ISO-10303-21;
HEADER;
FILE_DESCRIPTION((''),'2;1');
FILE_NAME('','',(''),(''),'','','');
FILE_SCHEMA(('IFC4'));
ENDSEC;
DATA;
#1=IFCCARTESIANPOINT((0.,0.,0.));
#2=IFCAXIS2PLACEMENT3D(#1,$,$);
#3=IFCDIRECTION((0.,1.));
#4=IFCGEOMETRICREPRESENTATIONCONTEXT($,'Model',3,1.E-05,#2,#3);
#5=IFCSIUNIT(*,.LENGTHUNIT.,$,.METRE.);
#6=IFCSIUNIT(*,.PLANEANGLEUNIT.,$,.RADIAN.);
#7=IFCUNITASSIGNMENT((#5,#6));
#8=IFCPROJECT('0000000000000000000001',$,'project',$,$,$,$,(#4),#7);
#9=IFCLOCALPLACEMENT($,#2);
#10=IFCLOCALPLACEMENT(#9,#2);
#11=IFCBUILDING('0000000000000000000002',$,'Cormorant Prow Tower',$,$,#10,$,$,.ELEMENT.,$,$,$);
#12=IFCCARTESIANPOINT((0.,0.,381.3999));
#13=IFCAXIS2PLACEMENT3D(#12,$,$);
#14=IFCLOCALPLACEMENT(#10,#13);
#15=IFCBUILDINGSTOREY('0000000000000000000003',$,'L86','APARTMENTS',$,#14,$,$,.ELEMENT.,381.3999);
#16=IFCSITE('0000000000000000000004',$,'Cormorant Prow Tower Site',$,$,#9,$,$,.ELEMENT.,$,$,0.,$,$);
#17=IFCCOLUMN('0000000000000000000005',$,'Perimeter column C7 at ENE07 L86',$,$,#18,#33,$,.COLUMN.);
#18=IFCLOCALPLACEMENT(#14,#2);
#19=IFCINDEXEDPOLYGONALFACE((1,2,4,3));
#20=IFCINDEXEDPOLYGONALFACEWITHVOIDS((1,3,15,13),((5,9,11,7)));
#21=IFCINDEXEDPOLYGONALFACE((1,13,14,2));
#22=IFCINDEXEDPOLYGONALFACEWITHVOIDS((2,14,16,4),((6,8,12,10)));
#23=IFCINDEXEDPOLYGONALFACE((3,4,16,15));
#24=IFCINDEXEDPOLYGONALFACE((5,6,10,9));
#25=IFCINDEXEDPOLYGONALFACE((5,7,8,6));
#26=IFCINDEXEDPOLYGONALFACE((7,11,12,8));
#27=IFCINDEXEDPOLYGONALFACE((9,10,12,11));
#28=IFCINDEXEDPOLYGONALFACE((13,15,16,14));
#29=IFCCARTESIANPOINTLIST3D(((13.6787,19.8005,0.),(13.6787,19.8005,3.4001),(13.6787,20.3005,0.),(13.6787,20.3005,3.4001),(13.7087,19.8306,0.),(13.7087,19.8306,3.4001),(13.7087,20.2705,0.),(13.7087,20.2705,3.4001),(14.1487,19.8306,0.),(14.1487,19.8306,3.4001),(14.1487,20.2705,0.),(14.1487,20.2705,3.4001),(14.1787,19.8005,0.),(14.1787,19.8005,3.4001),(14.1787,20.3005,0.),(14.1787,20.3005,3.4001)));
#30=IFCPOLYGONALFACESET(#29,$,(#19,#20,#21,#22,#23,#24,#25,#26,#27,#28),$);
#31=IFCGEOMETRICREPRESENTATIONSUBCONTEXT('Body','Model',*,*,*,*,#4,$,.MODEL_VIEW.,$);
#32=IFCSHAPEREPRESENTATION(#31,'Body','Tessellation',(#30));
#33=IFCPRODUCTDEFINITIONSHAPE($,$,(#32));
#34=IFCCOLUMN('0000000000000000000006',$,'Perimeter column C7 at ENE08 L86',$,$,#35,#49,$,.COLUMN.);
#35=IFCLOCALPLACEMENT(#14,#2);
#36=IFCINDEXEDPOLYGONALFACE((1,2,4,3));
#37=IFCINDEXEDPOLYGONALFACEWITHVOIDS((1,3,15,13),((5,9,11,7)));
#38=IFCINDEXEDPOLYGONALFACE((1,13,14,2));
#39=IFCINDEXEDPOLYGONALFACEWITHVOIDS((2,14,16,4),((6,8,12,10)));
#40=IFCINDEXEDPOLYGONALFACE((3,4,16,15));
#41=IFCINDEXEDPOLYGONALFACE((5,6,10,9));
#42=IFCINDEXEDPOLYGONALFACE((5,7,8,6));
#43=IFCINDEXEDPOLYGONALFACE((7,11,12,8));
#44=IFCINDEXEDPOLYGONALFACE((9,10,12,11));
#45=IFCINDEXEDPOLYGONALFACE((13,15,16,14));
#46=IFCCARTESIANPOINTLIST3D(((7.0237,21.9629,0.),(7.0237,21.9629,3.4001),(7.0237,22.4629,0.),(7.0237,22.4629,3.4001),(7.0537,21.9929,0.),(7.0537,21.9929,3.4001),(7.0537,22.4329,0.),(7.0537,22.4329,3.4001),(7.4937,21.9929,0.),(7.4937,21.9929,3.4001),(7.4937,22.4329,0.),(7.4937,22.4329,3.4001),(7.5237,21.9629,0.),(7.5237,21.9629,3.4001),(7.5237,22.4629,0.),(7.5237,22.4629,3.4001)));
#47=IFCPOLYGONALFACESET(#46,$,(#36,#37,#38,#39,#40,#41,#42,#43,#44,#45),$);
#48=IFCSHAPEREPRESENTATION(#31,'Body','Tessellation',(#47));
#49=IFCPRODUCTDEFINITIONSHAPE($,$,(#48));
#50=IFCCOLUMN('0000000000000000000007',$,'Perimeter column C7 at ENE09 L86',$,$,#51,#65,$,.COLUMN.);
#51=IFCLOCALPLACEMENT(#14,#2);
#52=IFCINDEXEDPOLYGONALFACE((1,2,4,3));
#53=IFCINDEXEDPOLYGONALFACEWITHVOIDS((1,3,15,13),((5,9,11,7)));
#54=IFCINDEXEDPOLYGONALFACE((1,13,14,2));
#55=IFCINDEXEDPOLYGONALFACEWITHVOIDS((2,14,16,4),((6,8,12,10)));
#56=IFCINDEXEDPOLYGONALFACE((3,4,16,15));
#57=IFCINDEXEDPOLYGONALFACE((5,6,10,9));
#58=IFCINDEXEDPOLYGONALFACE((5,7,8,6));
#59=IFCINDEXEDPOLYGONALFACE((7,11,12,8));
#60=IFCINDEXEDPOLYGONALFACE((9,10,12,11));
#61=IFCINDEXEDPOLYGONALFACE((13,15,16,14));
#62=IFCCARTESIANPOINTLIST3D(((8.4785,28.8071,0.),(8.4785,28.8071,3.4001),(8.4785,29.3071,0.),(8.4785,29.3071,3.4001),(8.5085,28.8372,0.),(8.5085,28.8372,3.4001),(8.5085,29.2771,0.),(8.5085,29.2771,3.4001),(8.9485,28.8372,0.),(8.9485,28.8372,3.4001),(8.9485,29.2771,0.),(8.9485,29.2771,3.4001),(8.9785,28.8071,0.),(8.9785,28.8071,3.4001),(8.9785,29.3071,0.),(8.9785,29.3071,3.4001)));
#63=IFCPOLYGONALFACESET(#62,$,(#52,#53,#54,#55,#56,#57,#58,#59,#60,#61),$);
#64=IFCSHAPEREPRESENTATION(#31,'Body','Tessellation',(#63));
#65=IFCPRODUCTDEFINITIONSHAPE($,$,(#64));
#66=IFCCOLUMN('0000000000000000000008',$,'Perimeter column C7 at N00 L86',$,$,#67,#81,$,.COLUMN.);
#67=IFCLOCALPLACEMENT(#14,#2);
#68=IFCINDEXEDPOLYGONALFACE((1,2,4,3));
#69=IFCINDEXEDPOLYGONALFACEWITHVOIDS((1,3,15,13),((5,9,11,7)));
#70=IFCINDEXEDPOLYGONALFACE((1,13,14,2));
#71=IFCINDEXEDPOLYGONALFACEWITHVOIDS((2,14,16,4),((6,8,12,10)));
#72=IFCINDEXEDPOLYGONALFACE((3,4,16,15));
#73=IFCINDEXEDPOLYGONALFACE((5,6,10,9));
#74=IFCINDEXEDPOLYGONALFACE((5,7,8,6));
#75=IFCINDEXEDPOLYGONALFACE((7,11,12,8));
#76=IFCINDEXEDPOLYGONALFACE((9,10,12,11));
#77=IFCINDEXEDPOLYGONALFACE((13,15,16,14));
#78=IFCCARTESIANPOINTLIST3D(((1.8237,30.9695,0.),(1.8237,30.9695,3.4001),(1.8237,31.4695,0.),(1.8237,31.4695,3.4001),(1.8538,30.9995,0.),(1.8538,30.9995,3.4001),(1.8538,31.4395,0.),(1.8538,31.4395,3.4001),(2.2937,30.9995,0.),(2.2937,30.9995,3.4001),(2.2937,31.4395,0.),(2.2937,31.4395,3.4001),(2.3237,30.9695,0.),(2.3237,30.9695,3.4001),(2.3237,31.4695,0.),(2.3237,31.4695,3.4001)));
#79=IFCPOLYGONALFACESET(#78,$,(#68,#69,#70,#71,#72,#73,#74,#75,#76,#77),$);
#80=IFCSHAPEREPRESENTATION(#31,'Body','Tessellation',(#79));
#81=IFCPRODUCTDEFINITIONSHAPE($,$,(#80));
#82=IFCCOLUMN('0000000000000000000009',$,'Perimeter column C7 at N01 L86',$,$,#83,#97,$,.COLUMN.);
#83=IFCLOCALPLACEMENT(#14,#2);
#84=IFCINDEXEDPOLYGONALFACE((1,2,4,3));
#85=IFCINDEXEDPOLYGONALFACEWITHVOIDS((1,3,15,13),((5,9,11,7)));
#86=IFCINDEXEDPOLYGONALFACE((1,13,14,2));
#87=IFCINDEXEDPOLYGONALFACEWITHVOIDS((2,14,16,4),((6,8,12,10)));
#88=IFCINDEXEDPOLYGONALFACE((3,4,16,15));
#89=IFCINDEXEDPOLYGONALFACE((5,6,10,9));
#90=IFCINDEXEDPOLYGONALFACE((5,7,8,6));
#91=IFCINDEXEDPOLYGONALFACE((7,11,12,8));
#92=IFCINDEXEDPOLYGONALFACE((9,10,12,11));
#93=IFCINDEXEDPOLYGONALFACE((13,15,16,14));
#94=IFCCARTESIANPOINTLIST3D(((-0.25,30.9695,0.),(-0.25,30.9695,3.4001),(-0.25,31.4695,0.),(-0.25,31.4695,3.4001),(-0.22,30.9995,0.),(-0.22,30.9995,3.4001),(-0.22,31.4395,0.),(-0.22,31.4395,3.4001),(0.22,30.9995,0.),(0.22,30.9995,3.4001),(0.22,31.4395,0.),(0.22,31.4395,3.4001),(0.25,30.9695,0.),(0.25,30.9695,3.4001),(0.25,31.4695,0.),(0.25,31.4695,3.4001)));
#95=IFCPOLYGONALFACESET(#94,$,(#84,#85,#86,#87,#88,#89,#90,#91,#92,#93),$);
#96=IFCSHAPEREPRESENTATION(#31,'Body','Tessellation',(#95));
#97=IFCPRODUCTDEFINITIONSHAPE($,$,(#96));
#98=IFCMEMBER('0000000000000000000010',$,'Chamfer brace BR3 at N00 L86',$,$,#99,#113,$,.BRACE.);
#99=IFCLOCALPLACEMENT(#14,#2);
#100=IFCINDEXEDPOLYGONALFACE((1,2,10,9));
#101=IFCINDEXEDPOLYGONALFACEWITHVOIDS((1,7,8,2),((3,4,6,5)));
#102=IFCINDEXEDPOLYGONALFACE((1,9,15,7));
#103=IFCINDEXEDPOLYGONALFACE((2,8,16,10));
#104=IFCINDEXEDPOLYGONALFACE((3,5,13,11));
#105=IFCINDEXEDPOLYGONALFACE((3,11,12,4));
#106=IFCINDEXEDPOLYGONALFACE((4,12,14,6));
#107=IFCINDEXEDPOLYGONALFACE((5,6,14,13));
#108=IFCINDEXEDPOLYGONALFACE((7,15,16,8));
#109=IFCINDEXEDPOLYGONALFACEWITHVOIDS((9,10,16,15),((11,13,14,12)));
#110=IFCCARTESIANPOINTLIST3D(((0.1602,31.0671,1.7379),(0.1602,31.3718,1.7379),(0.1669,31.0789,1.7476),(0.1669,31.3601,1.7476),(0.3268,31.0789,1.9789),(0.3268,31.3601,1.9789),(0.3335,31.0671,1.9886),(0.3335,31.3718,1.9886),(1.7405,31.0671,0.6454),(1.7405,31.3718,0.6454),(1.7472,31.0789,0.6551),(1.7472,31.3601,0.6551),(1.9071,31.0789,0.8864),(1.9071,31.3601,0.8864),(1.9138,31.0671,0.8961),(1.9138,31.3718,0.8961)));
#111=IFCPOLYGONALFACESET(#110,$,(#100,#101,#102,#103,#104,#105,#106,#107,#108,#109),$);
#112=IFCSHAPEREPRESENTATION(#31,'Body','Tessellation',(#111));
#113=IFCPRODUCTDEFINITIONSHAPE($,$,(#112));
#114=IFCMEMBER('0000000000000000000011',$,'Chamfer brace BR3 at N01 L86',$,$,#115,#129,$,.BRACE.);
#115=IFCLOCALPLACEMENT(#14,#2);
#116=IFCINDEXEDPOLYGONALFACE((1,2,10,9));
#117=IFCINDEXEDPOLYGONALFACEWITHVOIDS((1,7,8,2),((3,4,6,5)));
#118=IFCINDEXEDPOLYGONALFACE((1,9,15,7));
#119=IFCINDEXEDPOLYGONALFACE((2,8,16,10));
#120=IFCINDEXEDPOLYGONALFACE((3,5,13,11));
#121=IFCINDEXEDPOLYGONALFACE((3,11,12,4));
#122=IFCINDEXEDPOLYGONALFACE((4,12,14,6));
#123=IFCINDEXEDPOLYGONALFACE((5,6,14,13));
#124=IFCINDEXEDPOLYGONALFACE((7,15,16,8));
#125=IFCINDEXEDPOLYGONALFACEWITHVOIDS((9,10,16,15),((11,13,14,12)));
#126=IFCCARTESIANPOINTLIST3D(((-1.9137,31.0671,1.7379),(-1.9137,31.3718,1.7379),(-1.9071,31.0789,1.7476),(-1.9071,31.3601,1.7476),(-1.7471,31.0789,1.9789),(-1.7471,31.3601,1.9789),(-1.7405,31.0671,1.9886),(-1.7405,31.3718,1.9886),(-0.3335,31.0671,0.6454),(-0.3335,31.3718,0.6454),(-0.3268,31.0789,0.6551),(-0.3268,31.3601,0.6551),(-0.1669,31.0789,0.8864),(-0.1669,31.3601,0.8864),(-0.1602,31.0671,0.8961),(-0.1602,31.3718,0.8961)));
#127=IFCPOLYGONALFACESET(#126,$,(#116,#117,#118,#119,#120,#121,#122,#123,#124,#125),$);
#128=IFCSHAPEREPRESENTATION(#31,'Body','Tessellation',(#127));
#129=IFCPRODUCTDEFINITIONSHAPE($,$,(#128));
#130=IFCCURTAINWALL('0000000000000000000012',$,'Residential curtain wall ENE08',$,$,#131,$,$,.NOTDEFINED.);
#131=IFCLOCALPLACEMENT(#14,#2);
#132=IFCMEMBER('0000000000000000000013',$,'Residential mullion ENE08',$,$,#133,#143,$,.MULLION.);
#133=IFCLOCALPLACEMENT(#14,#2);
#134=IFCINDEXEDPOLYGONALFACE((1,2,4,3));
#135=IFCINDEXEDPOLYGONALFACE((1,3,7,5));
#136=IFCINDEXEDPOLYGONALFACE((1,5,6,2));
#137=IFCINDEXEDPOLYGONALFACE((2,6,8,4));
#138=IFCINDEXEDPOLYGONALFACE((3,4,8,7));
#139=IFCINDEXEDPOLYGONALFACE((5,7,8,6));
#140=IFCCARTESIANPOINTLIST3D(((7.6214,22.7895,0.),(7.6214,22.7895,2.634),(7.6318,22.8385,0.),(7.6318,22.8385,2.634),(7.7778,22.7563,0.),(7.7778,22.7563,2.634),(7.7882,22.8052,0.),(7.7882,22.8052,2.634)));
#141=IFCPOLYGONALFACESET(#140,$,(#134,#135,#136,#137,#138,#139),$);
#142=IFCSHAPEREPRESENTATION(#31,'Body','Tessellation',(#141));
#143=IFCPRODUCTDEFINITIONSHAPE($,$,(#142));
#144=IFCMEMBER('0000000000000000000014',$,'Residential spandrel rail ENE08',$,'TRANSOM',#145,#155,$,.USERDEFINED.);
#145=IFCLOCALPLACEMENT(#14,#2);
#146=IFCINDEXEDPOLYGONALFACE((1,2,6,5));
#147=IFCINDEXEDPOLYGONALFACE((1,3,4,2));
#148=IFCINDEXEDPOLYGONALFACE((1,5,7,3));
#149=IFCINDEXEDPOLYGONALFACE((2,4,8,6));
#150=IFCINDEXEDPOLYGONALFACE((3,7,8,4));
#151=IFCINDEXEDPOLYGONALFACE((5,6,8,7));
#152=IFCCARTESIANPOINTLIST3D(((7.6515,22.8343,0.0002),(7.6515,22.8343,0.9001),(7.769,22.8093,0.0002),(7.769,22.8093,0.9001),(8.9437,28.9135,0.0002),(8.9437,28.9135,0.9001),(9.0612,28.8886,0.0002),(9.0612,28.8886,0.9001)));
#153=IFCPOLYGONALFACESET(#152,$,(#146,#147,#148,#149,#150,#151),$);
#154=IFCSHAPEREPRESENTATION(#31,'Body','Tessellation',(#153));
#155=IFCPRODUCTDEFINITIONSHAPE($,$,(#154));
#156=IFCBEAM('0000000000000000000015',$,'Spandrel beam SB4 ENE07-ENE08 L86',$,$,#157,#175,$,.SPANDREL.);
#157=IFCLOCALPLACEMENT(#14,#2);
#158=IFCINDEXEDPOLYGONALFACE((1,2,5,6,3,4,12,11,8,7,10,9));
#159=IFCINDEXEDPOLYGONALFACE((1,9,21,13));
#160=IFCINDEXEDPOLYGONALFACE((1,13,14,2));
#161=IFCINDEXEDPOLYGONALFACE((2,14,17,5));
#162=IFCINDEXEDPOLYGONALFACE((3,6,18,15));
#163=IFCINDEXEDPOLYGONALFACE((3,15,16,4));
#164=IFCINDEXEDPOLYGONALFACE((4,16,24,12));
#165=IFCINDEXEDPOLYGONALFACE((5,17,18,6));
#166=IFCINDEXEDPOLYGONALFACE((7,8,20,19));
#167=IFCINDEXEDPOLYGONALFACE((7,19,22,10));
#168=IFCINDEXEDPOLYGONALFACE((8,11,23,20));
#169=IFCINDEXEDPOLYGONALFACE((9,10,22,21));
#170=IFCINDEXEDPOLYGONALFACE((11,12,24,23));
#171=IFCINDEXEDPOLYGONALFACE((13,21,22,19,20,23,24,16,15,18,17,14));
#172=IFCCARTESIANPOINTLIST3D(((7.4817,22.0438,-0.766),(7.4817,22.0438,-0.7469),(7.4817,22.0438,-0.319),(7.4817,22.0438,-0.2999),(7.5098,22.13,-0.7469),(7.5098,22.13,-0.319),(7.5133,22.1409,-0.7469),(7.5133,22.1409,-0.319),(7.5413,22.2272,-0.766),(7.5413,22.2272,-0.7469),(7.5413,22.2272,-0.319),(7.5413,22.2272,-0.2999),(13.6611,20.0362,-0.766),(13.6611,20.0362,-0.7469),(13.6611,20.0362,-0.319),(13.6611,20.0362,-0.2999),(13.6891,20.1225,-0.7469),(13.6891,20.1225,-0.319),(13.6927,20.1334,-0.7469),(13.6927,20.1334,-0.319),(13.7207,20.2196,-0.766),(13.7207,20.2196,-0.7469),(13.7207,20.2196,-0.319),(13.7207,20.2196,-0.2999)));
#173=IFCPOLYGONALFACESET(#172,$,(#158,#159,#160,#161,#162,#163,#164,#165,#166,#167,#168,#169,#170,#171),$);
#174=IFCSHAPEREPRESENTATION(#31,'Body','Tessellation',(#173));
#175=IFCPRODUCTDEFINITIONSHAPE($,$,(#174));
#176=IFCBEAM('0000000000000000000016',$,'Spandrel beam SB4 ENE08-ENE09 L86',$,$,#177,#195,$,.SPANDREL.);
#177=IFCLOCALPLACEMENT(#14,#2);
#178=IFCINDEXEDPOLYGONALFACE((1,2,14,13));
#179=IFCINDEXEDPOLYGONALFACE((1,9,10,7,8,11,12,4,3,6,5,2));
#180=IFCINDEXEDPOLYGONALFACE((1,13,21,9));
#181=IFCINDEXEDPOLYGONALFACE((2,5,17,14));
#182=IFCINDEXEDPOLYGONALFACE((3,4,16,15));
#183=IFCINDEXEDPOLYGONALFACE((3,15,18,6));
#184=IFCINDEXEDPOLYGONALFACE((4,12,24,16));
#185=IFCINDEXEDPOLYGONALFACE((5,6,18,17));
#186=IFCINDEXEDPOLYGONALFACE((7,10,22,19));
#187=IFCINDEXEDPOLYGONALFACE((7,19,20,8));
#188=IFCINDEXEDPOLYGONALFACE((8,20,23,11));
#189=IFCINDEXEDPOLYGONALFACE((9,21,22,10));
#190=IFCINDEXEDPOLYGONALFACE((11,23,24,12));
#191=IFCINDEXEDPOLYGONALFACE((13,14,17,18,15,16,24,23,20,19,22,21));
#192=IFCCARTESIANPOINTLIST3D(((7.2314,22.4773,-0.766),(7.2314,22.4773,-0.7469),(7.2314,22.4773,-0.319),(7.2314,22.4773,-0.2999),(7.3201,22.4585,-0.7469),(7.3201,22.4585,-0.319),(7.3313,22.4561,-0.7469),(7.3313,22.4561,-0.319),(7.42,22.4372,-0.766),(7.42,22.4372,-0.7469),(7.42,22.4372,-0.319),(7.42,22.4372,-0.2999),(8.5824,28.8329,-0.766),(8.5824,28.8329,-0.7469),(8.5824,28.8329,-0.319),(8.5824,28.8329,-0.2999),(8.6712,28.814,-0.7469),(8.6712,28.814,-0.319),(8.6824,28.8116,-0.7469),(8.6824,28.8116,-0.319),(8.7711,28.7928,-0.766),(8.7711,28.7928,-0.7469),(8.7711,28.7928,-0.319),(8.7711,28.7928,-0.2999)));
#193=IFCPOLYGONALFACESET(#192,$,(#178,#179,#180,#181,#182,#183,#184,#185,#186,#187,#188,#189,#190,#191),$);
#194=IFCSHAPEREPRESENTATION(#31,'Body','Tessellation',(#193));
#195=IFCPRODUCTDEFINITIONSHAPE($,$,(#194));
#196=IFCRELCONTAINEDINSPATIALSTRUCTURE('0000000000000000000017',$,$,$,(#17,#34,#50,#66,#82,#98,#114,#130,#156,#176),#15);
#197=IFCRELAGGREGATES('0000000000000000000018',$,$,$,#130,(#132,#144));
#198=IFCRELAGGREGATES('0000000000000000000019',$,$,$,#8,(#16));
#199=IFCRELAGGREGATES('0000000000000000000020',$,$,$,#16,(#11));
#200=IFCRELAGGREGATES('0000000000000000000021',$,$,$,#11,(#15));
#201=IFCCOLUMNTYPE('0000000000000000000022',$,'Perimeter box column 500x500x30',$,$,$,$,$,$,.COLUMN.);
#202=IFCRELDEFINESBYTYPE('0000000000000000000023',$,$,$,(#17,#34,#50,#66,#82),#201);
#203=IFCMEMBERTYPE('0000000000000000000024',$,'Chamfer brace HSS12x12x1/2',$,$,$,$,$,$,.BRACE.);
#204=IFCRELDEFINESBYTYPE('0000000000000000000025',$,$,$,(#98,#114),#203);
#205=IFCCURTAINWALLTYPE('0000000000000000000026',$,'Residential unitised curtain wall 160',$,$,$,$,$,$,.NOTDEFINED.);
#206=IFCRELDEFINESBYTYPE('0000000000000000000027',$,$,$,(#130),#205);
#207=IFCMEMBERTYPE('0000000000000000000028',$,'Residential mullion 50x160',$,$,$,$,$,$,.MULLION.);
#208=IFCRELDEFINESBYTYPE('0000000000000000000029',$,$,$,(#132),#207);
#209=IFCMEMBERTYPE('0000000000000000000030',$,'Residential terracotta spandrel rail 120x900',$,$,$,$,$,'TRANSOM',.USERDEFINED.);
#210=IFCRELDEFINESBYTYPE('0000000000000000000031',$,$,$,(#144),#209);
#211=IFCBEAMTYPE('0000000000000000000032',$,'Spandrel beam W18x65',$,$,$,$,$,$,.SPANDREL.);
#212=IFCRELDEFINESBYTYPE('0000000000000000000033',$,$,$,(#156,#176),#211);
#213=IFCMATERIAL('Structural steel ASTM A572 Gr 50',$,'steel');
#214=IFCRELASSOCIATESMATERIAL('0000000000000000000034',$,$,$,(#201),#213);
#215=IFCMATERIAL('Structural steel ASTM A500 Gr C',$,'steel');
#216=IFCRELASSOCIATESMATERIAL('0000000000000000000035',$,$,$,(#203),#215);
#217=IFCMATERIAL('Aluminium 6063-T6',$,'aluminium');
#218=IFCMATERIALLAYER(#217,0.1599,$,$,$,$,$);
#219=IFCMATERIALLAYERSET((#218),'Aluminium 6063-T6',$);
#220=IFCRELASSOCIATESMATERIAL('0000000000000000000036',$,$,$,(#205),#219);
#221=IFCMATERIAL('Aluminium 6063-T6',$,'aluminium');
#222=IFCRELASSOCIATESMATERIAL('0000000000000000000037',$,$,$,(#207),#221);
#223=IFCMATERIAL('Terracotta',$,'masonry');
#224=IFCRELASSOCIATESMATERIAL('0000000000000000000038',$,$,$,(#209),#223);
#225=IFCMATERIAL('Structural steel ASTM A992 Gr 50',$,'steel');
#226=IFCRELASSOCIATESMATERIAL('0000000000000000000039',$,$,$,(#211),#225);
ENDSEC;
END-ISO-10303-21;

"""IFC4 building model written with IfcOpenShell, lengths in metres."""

from ifc_helpers import new_model, si_unit, direction, frame, origin, origin_2d, place, context, subcontext, project, spatial, rectangle, hollow_rectangle, i_section, extrude, material, layer, layer_set, material_profile, profile_set, type_object, element, aggregate, save


model = new_model("IFC4")

# Units and contexts
model_context = context("Model", 3, precision=1e-05, world=origin(), true_north=direction((0.0, 1.0)))
body_context = subcontext(model_context, "Body", "Model", "MODEL_VIEW")
ifc_project = project(units=[si_unit("LENGTHUNIT", "METRE"), si_unit("PLANEANGLEUNIT", "RADIAN")], contexts=[model_context])

# Site, building, storey
site_placement = place(None, origin())
site = spatial("IfcSite", under=ifc_project, at=site_placement, Name="Cormorant Prow Tower Site", CompositionType="ELEMENT", RefElevation=0.0)
building_placement = place(site_placement, origin())
building = spatial("IfcBuilding", under=site, at=building_placement, Name="Cormorant Prow Tower", CompositionType="ELEMENT")
storey_placement = place(building_placement, frame((0.0, 0.0, 381.3999)))
storey = spatial("IfcBuildingStorey", under=building, at=storey_placement, Name="L86", Description="APARTMENTS", CompositionType="ELEMENT", Elevation=381.3999)

# Columns
ifc_material_1 = material(Name="Structural steel ASTM A572 Gr 50", Category="steel")
ifc_material_profile_1 = material_profile(ifc_material_1, hollow_rectangle(XDim=0.5, YDim=0.5, WallThickness=0.03, at=origin_2d()), Name="Box 500x500x30")
ifc_profile_set_1 = profile_set([ifc_material_profile_1], Name="Structural steel ASTM A572 Gr 50")
column_type = type_object("IfcColumnType", Name="Perimeter box column 500x500x30", PredefinedType="COLUMN", material=ifc_profile_set_1)
for number, where, z_axis, x_axis, name in (
    (1, (13.9287, 20.0505, 0.0), (0.0, 0.0, 1.0), (1.0, 0.0, 0.0), "Perimeter column C7 at ENE07 L86"),
    (2, (7.2737, 22.2129, 0.0), (0.0, 0.0, 1.0), (1.0, 0.0, 0.0), "Perimeter column C7 at ENE08 L86"),
    (3, (8.7285, 29.0571, 0.0), (0.0, 0.0, 1.0), (1.0, 0.0, 0.0), "Perimeter column C7 at ENE09 L86"),
    (4, (2.0737, 31.2195, 0.0), (0.0, 0.0, 1.0), (1.0, 0.0, 0.0), "Perimeter column C7 at N00 L86"),
    (5, (0.0, 31.2195, 0.0), (0.0, 0.0, 1.0), (1.0, 0.0, 0.0), "Perimeter column C7 at N01 L86"),
):
    element("IfcColumn", number, at=place(storey_placement, frame(where, z_axis=z_axis, x_axis=x_axis)), inside=storey, type_object=column_type, Name=name, PredefinedType="COLUMN", context=body_context, shape_type="SweptSolid", body=[
        extrude(hollow_rectangle(XDim=0.5, YDim=0.5, WallThickness=0.03, at=origin_2d()), origin(), (0.0, 0.0, 1.0), 3.4001),
    ])

# Members
ifc_material_2 = material(Name="Structural steel ASTM A500 Gr C", Category="steel")
ifc_material_profile_2 = material_profile(ifc_material_2, hollow_rectangle(XDim=0.3047, YDim=0.3047, WallThickness=0.0117, at=origin_2d()), Name="HSS12x12x1/2")
ifc_profile_set_2 = profile_set([ifc_material_profile_2], Name="Structural steel ASTM A500 Gr C")
member_type_1 = type_object("IfcMemberType", Name="Chamfer brace HSS12x12x1/2", PredefinedType="BRACE", material=ifc_profile_set_2)
for number, where, z_axis, x_axis, name in (
    (6, (1.8271, 31.2195, 0.7708), (-0.822567, 0.0, 0.568668), (0.0, -1.0, 0.0), "Chamfer brace BR3 at N00 L86"),
    (7, (-0.2468, 31.2195, 0.7708), (-0.822567, 0.0, 0.568668), (0.0, -1.0, 0.0), "Chamfer brace BR3 at N01 L86"),
):
    element("IfcMember", number, at=place(storey_placement, frame(where, z_axis=z_axis, x_axis=x_axis)), inside=storey, type_object=member_type_1, Name=name, PredefinedType="BRACE", context=body_context, shape_type="SweptSolid", body=[
        extrude(hollow_rectangle(XDim=0.3047, YDim=0.3047, WallThickness=0.0117, at=origin_2d()), origin(), (0.0, 0.0, 1.0), 1.9211),
    ])

# Curtain wall, members
ifc_material_3 = material(Name="Aluminium 6063-T6", Category="aluminium")
ifc_layer_1 = layer(ifc_material_3, 0.1599)
ifc_layer_set_1 = layer_set([ifc_layer_1], Name="Aluminium 6063-T6")
curtain_wall_type = type_object("IfcCurtainWallType", Name="Residential unitised curtain wall 160", PredefinedType="NOTDEFINED", material=ifc_layer_set_1)
curtain_wall_placement = place(storey_placement, origin())
curtain_wall = element("IfcCurtainWall", 8, at=curtain_wall_placement, inside=storey, type_object=curtain_wall_type, Name="Residential curtain wall ENE08", PredefinedType="NOTDEFINED")
ifc_material_4 = material(Name="Aluminium 6063-T6", Category="aluminium")
ifc_material_profile_3 = material_profile(ifc_material_4, rectangle(XDim=0.1599, YDim=0.05, at=origin_2d()), Name="Residential mullion 50x160")
ifc_profile_set_3 = profile_set([ifc_material_profile_3], Name="Aluminium 6063-T6")
member_type_2 = type_object("IfcMemberType", Name="Residential mullion 50x160", PredefinedType="MULLION", material=ifc_profile_set_3)
member_1_placement = place(storey_placement, frame((7.7048, 22.7974, 0.0), z_axis=(0.0, 0.0, 1.0), x_axis=(-0.978148, 0.207912, 0.0)))
member_1 = element("IfcMember", 9, at=member_1_placement, type_object=member_type_2, Name="Residential mullion ENE08", PredefinedType="MULLION", context=body_context, shape_type="SweptSolid", body=[
    extrude(rectangle(XDim=0.1599, YDim=0.05, at=origin_2d()), origin(), (0.0, 0.0, 1.0), 2.634),
])
ifc_material_5 = material(Name="Terracotta", Category="masonry")
ifc_material_profile_4 = material_profile(ifc_material_5, rectangle(XDim=0.1201, YDim=0.8999, at=origin_2d()), Name="Residential terracotta spandrel rail 120x900")
ifc_profile_set_4 = profile_set([ifc_material_profile_4], Name="Terracotta")
member_type_3 = type_object("IfcMemberType", Name="Residential terracotta spandrel rail 120x900", ElementType="TRANSOM", PredefinedType="USERDEFINED", material=ifc_profile_set_4)
member_2_placement = place(storey_placement, frame((7.7102, 22.8218, 0.4502), z_axis=(0.207917, 0.978147, 0.0), x_axis=(-0.978147, 0.207917, 0.0)))
member_2 = element("IfcMember", 10, at=member_2_placement, type_object=member_type_3, Name="Residential spandrel rail ENE08", ObjectType="TRANSOM", PredefinedType="USERDEFINED", context=body_context, shape_type="SweptSolid", body=[
    extrude(rectangle(XDim=0.1201, YDim=0.8999, at=origin_2d()), origin(), (0.0, 0.0, 1.0), 6.2151),
])

# Beams
ifc_material_6 = material(Name="Structural steel ASTM A992 Gr 50", Category="steel")
ifc_material_profile_5 = material_profile(ifc_material_6, i_section(OverallWidth=0.1929, OverallDepth=0.4661, WebThickness=0.0115, FlangeThickness=0.019, at=origin_2d()), Name="W18x65")
ifc_profile_set_5 = profile_set([ifc_material_profile_5], Name="Structural steel ASTM A992 Gr 50")
beam_type = type_object("IfcBeamType", Name="Spandrel beam W18x65", PredefinedType="SPANDREL", material=ifc_profile_set_5)
beam_placement = place(storey_placement, frame((13.6909, 20.1279, -0.533), z_axis=(-0.951068, 0.308982, 0.0), x_axis=(-0.308982, -0.951068, 0.0)))
element("IfcBeam", 11, at=beam_placement, inside=storey, type_object=beam_type, Name="Spandrel beam SB4 ENE07-ENE08 L86", PredefinedType="SPANDREL", context=body_context, shape_type="SweptSolid", body=[
    extrude(i_section(OverallWidth=0.1929, OverallDepth=0.4661, WebThickness=0.0115, FlangeThickness=0.019, at=origin_2d()), origin(), (0.0, 0.0, 1.0), 6.4973),
])
for number, where, z_axis, x_axis, name in (
    (12, (7.3257, 22.4573, -0.533), (0.207938, 0.978142, 0.0), (-0.978142, 0.207938, 0.0), "Spandrel beam SB4 ENE08-ENE09 L86"),
):
    element("IfcBeam", number, at=place(storey_placement, frame(where, z_axis=z_axis, x_axis=x_axis)), inside=storey, type_object=beam_type, Name=name, PredefinedType="SPANDREL", context=body_context, shape_type="SweptSolid", body=[
        extrude(i_section(OverallWidth=0.1929, OverallDepth=0.4661, WebThickness=0.0115, FlangeThickness=0.019, at=origin_2d()), origin(), (0.0, 0.0, 1.0), 6.4976),
    ])

aggregate(curtain_wall, [member_1, member_2])

save(model, "model.ifc")
